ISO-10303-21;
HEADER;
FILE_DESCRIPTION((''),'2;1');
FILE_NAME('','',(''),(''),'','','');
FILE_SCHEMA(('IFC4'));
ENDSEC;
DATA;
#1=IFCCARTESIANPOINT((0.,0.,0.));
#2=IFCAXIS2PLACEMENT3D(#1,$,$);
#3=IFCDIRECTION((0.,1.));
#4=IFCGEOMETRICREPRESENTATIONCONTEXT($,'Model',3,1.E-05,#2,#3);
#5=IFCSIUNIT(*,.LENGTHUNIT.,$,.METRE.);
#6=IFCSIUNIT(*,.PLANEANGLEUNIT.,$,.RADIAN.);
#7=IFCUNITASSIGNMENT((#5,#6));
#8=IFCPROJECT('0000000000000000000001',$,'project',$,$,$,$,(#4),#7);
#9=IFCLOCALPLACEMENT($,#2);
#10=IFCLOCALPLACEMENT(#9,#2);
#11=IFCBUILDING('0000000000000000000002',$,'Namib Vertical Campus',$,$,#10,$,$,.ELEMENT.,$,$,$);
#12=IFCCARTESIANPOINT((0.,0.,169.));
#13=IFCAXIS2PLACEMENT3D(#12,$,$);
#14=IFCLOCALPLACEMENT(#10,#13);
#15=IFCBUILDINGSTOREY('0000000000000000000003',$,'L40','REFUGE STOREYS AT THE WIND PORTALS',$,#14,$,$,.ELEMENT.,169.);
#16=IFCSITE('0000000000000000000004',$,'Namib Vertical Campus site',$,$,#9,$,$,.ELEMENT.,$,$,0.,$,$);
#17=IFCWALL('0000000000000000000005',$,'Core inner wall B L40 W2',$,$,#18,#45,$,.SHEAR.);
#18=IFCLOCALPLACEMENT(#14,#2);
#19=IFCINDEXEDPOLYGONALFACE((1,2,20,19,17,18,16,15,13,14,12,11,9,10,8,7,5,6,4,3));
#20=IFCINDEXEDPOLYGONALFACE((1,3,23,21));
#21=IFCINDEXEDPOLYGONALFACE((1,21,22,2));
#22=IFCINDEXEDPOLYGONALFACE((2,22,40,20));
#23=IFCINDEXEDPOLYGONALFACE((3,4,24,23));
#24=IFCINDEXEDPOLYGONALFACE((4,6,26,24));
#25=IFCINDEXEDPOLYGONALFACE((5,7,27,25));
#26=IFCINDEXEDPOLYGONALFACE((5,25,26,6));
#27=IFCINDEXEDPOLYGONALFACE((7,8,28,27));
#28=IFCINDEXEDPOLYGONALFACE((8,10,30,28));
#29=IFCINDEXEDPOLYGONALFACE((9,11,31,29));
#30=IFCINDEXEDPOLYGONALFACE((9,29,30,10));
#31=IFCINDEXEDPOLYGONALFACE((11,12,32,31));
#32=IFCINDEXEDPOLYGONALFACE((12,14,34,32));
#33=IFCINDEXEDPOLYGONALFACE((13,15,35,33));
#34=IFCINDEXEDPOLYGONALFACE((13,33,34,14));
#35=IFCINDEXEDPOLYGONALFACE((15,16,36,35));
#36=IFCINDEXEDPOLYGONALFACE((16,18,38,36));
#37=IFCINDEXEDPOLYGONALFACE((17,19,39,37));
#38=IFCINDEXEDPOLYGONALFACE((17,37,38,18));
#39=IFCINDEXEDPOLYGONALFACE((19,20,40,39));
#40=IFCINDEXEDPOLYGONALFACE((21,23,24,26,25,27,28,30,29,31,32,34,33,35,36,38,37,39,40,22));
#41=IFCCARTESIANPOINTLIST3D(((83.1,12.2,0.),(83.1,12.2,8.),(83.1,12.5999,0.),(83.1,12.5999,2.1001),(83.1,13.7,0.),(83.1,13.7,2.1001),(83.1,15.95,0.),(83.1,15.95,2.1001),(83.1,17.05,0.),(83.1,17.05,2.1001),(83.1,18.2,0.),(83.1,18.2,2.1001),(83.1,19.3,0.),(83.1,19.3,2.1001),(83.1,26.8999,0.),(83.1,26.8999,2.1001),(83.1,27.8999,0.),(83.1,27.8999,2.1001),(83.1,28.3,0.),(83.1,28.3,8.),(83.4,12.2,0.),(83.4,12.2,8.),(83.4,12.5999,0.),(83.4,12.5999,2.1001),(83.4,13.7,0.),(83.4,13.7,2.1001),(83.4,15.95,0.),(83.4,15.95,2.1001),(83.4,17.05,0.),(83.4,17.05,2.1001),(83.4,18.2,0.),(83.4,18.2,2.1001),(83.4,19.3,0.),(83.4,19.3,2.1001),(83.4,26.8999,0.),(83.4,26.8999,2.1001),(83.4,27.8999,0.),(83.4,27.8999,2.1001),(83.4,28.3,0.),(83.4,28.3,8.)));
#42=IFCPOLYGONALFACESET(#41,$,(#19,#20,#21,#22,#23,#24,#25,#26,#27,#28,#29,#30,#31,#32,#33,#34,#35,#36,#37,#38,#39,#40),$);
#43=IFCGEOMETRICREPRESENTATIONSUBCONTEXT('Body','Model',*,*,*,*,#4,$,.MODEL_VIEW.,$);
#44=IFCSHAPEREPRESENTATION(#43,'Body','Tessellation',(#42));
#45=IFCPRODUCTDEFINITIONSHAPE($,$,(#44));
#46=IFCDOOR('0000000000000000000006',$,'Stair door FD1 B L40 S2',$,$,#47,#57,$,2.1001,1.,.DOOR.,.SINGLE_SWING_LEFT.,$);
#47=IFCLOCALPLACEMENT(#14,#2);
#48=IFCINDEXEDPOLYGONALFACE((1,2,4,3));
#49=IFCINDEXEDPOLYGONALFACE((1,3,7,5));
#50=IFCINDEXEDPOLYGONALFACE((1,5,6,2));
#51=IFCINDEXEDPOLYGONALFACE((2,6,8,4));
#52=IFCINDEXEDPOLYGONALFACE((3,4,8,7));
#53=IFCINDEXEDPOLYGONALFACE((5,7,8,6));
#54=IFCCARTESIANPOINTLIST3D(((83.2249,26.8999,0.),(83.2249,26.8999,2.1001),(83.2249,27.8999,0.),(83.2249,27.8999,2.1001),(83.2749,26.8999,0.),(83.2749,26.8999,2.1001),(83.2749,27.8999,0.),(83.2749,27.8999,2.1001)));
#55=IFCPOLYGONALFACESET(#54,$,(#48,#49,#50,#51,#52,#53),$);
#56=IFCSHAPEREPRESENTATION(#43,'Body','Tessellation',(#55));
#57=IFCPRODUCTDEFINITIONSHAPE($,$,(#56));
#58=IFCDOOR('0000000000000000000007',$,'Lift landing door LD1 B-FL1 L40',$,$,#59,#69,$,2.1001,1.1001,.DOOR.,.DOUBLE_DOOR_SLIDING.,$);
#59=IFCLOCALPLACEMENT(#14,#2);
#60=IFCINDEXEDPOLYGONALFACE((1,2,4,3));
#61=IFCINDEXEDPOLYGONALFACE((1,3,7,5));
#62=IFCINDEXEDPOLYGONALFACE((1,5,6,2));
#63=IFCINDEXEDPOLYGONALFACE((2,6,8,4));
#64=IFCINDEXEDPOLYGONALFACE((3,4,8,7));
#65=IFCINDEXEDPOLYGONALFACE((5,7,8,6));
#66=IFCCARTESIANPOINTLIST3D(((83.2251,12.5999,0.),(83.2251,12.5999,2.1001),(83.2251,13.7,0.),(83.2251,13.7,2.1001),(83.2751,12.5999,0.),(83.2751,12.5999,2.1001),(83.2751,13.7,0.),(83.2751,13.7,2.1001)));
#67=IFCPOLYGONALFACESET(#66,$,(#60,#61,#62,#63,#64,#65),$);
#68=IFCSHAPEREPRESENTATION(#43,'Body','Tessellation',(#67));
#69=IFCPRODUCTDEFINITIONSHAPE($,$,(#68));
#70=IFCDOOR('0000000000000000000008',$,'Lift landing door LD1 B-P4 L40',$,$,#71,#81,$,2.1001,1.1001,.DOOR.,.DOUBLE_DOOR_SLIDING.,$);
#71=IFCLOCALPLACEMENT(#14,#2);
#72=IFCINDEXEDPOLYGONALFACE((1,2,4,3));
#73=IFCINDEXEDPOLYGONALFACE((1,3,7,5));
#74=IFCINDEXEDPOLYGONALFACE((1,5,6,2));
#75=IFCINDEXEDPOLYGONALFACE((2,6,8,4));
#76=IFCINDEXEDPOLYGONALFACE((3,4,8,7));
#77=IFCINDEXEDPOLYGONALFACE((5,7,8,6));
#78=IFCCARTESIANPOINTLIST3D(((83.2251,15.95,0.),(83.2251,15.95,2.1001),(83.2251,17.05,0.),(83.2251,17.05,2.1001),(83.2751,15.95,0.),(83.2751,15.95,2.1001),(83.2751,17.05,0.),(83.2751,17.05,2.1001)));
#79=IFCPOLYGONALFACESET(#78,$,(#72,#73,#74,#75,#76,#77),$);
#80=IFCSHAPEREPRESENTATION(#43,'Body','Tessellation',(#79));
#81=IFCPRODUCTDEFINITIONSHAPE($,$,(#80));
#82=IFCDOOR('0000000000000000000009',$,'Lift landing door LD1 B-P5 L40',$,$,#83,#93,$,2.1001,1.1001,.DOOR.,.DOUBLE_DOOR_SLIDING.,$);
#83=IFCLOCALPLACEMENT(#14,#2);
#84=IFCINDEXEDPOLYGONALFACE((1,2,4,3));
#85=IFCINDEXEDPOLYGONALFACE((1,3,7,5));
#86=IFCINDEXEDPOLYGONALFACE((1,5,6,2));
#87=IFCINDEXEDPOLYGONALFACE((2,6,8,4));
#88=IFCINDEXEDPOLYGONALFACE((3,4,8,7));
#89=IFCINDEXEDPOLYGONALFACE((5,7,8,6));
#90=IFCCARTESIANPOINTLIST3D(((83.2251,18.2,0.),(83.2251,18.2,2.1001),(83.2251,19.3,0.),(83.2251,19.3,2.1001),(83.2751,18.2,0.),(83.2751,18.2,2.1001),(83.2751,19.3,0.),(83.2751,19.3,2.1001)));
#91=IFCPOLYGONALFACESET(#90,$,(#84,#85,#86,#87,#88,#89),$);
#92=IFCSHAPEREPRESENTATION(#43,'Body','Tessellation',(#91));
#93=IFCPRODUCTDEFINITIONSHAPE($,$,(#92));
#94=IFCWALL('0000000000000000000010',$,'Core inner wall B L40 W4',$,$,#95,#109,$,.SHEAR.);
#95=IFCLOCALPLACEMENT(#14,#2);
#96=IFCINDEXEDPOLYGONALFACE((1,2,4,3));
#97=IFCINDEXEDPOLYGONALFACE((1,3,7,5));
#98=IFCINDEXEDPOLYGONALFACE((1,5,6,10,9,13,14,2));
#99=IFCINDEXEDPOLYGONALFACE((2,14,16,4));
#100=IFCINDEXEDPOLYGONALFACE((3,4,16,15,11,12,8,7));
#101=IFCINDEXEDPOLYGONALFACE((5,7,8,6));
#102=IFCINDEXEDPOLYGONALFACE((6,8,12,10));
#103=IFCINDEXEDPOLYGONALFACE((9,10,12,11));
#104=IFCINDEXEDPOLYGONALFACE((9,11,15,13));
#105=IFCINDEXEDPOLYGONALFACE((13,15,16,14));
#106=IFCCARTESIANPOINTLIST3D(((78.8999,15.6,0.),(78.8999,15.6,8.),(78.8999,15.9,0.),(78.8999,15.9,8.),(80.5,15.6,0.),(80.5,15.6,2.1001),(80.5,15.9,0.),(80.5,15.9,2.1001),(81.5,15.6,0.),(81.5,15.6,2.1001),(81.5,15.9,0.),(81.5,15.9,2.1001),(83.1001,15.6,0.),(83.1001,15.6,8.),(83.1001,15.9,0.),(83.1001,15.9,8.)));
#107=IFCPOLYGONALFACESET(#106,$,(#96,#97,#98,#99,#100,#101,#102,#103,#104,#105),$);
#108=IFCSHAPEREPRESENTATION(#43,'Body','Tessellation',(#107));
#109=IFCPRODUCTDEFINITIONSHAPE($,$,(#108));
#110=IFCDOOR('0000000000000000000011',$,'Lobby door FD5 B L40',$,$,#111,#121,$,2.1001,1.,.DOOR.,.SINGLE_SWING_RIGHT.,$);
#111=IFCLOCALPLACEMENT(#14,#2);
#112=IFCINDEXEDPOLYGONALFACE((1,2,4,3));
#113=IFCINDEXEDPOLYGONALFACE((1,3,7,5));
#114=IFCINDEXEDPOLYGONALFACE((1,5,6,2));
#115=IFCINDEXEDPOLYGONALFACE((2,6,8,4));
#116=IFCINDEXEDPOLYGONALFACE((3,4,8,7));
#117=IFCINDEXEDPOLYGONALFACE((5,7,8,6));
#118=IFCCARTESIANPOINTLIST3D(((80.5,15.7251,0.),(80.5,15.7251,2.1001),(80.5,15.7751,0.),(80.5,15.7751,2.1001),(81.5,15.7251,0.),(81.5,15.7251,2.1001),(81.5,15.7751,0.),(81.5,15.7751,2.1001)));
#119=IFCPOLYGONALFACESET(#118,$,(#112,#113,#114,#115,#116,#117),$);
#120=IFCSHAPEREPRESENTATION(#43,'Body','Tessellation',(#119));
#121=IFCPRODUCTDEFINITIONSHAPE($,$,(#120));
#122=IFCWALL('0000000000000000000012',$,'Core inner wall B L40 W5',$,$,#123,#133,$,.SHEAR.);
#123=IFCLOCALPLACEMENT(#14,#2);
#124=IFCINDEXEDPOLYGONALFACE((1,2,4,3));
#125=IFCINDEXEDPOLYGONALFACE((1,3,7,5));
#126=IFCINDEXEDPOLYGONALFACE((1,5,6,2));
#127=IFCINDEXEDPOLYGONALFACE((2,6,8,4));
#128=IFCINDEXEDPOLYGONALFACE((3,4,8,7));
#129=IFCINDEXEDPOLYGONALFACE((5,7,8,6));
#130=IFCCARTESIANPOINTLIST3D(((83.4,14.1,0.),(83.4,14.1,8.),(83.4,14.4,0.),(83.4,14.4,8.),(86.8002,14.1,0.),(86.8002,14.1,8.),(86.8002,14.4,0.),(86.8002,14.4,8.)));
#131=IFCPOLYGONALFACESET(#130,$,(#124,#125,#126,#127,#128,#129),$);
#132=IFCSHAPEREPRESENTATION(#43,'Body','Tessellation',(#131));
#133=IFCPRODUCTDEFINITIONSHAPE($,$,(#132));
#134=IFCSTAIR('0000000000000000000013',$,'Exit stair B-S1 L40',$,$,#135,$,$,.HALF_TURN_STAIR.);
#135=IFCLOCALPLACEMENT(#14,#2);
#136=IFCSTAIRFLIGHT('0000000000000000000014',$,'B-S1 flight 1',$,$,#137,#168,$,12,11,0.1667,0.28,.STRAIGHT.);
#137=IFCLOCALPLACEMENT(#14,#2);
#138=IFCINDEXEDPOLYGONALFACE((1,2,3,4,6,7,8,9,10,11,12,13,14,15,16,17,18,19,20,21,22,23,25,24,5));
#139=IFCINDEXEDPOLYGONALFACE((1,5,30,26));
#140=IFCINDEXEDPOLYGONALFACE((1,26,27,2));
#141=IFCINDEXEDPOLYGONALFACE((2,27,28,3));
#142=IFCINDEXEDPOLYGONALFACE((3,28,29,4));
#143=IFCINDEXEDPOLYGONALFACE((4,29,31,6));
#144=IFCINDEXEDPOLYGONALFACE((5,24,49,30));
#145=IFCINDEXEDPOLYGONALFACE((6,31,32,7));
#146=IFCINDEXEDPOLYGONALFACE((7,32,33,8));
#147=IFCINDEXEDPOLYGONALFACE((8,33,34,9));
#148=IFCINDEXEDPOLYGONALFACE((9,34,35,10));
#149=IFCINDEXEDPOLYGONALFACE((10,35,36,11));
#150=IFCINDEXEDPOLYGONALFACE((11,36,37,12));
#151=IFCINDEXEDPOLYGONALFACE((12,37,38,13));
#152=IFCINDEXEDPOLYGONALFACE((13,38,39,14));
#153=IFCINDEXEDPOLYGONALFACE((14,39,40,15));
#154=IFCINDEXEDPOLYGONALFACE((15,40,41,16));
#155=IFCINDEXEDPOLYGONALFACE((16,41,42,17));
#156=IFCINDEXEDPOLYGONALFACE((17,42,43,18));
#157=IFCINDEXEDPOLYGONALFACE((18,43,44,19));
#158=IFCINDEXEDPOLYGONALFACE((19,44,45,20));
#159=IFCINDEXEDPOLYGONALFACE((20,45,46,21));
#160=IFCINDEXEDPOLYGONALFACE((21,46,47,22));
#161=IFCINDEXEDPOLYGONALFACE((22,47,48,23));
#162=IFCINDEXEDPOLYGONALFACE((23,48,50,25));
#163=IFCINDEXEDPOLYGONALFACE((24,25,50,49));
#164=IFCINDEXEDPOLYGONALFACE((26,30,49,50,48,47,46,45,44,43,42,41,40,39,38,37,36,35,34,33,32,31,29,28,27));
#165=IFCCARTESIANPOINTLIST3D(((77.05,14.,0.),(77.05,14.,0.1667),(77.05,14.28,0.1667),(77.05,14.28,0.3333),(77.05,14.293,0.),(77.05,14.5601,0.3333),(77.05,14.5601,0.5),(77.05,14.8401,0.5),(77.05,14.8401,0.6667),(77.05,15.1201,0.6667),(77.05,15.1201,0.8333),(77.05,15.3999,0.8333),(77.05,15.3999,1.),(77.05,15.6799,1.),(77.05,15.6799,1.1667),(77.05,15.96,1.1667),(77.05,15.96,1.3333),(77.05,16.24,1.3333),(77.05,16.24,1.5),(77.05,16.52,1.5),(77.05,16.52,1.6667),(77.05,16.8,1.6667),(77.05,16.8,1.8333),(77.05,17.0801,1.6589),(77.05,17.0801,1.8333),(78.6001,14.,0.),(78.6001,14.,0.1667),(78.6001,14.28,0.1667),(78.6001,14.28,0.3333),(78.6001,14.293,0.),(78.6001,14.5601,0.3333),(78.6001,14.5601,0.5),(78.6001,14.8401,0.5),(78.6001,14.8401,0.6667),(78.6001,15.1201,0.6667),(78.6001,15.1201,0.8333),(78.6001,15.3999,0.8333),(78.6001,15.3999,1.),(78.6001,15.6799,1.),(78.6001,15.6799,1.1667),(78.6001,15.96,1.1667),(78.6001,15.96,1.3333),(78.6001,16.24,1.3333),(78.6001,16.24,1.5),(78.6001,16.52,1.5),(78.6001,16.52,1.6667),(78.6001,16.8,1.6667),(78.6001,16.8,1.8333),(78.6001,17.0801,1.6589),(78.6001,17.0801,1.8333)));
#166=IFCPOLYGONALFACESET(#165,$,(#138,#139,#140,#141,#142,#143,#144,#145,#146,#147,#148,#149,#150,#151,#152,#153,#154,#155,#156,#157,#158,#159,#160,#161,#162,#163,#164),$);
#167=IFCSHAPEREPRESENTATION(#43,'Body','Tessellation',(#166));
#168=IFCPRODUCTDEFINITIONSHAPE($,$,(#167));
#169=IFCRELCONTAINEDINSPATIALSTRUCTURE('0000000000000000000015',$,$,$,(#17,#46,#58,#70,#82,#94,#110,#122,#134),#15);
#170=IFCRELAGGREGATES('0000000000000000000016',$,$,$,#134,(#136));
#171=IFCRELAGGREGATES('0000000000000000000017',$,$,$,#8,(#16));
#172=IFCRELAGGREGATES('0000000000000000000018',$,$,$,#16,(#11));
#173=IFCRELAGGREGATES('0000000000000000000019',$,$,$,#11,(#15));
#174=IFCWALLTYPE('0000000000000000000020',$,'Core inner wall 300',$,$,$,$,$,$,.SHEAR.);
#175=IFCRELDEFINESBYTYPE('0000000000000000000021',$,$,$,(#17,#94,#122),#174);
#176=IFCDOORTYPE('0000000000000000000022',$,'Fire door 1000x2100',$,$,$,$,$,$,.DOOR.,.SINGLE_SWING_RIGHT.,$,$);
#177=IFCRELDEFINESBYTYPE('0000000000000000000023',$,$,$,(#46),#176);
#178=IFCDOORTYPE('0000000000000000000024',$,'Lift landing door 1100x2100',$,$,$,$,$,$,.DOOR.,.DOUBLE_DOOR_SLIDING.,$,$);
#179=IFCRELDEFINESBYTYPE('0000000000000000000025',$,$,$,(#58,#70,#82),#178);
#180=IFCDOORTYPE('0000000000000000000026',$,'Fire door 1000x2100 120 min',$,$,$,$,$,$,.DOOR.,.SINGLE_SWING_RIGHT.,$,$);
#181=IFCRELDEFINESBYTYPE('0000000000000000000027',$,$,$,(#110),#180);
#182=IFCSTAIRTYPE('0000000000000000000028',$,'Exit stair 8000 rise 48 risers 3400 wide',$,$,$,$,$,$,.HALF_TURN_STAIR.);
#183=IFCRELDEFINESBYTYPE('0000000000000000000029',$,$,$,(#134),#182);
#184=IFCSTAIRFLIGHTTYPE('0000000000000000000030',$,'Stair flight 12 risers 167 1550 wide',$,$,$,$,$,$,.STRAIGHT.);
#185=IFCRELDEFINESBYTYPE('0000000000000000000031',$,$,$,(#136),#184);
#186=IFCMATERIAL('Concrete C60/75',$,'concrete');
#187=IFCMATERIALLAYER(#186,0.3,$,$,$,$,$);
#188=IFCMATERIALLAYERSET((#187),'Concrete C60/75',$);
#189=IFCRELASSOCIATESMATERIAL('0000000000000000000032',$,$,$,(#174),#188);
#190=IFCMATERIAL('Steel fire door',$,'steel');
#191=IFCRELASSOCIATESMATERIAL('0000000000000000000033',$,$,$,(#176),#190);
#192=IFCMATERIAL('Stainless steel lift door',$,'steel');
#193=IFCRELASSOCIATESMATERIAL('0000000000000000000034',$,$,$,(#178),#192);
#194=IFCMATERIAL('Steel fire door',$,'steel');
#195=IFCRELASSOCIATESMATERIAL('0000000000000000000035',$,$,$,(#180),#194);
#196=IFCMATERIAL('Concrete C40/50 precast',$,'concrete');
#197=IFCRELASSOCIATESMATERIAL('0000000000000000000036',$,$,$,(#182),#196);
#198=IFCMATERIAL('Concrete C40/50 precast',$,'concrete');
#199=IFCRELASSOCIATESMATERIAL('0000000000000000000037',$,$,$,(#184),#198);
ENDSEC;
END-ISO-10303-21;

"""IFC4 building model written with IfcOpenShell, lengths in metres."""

from ifc_helpers import new_model, si_unit, direction, frame, frame_2d, origin, place, context, subcontext, project, spatial, polyline, rectangle, outline, extrude, material, layer, layer_set, type_object, element, fill, aggregate, save


model = new_model("IFC4")

# Units and contexts
model_context = context("Model", 3, precision=1e-05, world=origin(), true_north=direction((0.0, 1.0)))
body_context = subcontext(model_context, "Body", "Model", "MODEL_VIEW")
ifc_project = project(units=[si_unit("LENGTHUNIT", "METRE"), si_unit("PLANEANGLEUNIT", "RADIAN")], contexts=[model_context])

# Site, building, storey
site_placement = place(None, origin())
site = spatial("IfcSite", under=ifc_project, at=site_placement, Name="Namib Vertical Campus site", CompositionType="ELEMENT", RefElevation=0.0)
building_placement = place(site_placement, origin())
building = spatial("IfcBuilding", under=site, at=building_placement, Name="Namib Vertical Campus", CompositionType="ELEMENT")
storey_placement = place(building_placement, frame((0.0, 0.0, 169.0)))
storey = spatial("IfcBuildingStorey", under=building, at=storey_placement, Name="L40", Description="REFUGE STOREYS AT THE WIND PORTALS", CompositionType="ELEMENT", Elevation=169.0)

# Wall, openings, doors
ifc_material_1 = material(Name="Concrete C60/75", Category="concrete")
ifc_layer = layer(ifc_material_1, 0.3)
ifc_layer_set = layer_set([ifc_layer], Name="Concrete C60/75")
wall_type = type_object("IfcWallType", Name="Core inner wall 300", PredefinedType="SHEAR", material=ifc_layer_set)
ifc_material_2 = material(Name="Steel fire door", Category="steel")
door_type_1 = type_object("IfcDoorType", Name="Fire door 1000x2100", OperationType="SINGLE_SWING_RIGHT", PredefinedType="DOOR", material=ifc_material_2)
ifc_material_3 = material(Name="Stainless steel lift door", Category="steel")
door_type_2 = type_object("IfcDoorType", Name="Lift landing door 1100x2100", OperationType="DOUBLE_DOOR_SLIDING", PredefinedType="DOOR", material=ifc_material_3)
wall_1_placement = place(storey_placement, frame((83.25, 12.2, 0.0), z_axis=(0.0, 0.0, 1.0), x_axis=(0.0, 1.0, 0.0)))
wall_1 = element("IfcWall", 1, at=wall_1_placement, inside=storey, type_object=wall_type, Name="Core inner wall B L40 W2", PredefinedType="SHEAR", context=body_context, shape_type="SweptSolid", body=[
    extrude(rectangle(XDim=16.1001, YDim=0.3, at=frame_2d((8.05, 0.0))), origin(), (0.0, 0.0, 1.0), 8.0),
])
opening_1_placement = place(wall_1_placement, frame((14.7, 0.0, 0.0)))
opening_1 = element("IfcOpeningElement", 2, at=opening_1_placement, cuts=wall_1, PredefinedType="OPENING", context=body_context, shape_type="SweptSolid", body=[
    extrude(rectangle(XDim=1.0, YDim=2.1001, at=frame_2d((0.5, 1.05))), frame((0.0, 0.1599, 0.0), z_axis=(0.0, -1.0, 0.0), x_axis=(1.0, 0.0, 0.0)), (0.0, 0.0, 1.0), 0.3201),
])
opening_2_placement = place(wall_1_placement, frame((0.3999, 0.0, 0.0)))
opening_2 = element("IfcOpeningElement", 3, at=opening_2_placement, cuts=wall_1, PredefinedType="OPENING", context=body_context, shape_type="SweptSolid", body=[
    extrude(rectangle(XDim=1.1001, YDim=2.1001, at=frame_2d((0.55, 1.05))), frame((0.0, 0.1599, 0.0), z_axis=(0.0, -1.0, 0.0), x_axis=(1.0, 0.0, 0.0)), (0.0, 0.0, 1.0), 0.3201),
])
opening_3_placement = place(wall_1_placement, frame((3.75, 0.0, 0.0)))
opening_3 = element("IfcOpeningElement", 4, at=opening_3_placement, cuts=wall_1, PredefinedType="OPENING", context=body_context, shape_type="SweptSolid", body=[
    extrude(rectangle(XDim=1.1001, YDim=2.1001, at=frame_2d((0.55, 1.05))), frame((0.0, 0.1599, 0.0), z_axis=(0.0, -1.0, 0.0), x_axis=(1.0, 0.0, 0.0)), (0.0, 0.0, 1.0), 0.3201),
])
opening_4_placement = place(wall_1_placement, frame((6.0, 0.0, 0.0)))
opening_4 = element("IfcOpeningElement", 5, at=opening_4_placement, cuts=wall_1, PredefinedType="OPENING", context=body_context, shape_type="SweptSolid", body=[
    extrude(rectangle(XDim=1.1001, YDim=2.1001, at=frame_2d((0.55, 1.05))), frame((0.0, 0.1599, 0.0), z_axis=(0.0, -1.0, 0.0), x_axis=(1.0, 0.0, 0.0)), (0.0, 0.0, 1.0), 0.3201),
])
door_1_placement = place(opening_1_placement, frame((1.0, 0.0, 0.0), z_axis=(0.0, 0.0, 1.0), x_axis=(-1.0, 0.0, 0.0)))
door_1 = element("IfcDoor", 6, at=door_1_placement, inside=storey, type_object=door_type_1, Name="Stair door FD1 B L40 S2", OperationType="SINGLE_SWING_LEFT", OverallHeight=2.1001, OverallWidth=1.0, PredefinedType="DOOR", context=body_context, shape_type="SweptSolid", body=[
    extrude(rectangle(XDim=1.0, YDim=2.1001, at=frame_2d((0.5, 1.05))), frame((0.0, 0.0249, 0.0), z_axis=(0.0, -1.0, 0.0), x_axis=(1.0, 0.0, 0.0)), (0.0, 0.0, 1.0), 0.05),
])
fill(opening_1, door_1)
door_2_placement = place(opening_2_placement, origin())
door_2 = element("IfcDoor", 7, at=door_2_placement, inside=storey, type_object=door_type_2, Name="Lift landing door LD1 B-FL1 L40", OperationType="DOUBLE_DOOR_SLIDING", OverallHeight=2.1001, OverallWidth=1.1001, PredefinedType="DOOR", context=body_context, shape_type="SweptSolid", body=[
    extrude(rectangle(XDim=1.1001, YDim=2.1001, at=frame_2d((0.55, 1.05))), frame((0.0, 0.0249, 0.0), z_axis=(0.0, -1.0, 0.0), x_axis=(1.0, 0.0, 0.0)), (0.0, 0.0, 1.0), 0.05),
])
fill(opening_2, door_2)
door_3_placement = place(opening_3_placement, origin())
door_3 = element("IfcDoor", 8, at=door_3_placement, inside=storey, type_object=door_type_2, Name="Lift landing door LD1 B-P4 L40", OperationType="DOUBLE_DOOR_SLIDING", OverallHeight=2.1001, OverallWidth=1.1001, PredefinedType="DOOR", context=body_context, shape_type="SweptSolid", body=[
    extrude(rectangle(XDim=1.1001, YDim=2.1001, at=frame_2d((0.55, 1.05))), frame((0.0, 0.0249, 0.0), z_axis=(0.0, -1.0, 0.0), x_axis=(1.0, 0.0, 0.0)), (0.0, 0.0, 1.0), 0.05),
])
fill(opening_3, door_3)
door_4_placement = place(opening_4_placement, origin())
door_4 = element("IfcDoor", 9, at=door_4_placement, inside=storey, type_object=door_type_2, Name="Lift landing door LD1 B-P5 L40", OperationType="DOUBLE_DOOR_SLIDING", OverallHeight=2.1001, OverallWidth=1.1001, PredefinedType="DOOR", context=body_context, shape_type="SweptSolid", body=[
    extrude(rectangle(XDim=1.1001, YDim=2.1001, at=frame_2d((0.55, 1.05))), frame((0.0, 0.0249, 0.0), z_axis=(0.0, -1.0, 0.0), x_axis=(1.0, 0.0, 0.0)), (0.0, 0.0, 1.0), 0.05),
])
fill(opening_4, door_4)

# Wall, opening, door
wall_2_placement = place(storey_placement, frame((78.8999, 15.75, 0.0), z_axis=(0.0, 0.0, 1.0), x_axis=(1.0, 0.0, 0.0)))
wall_2 = element("IfcWall", 10, at=wall_2_placement, inside=storey, type_object=wall_type, Name="Core inner wall B L40 W4", PredefinedType="SHEAR", context=body_context, shape_type="SweptSolid", body=[
    extrude(rectangle(XDim=4.2002, YDim=0.3, at=frame_2d((2.1001, 0.0))), origin(), (0.0, 0.0, 1.0), 8.0),
])
opening_5_placement = place(wall_2_placement, frame((1.6001, 0.0, 0.0)))
opening_5 = element("IfcOpeningElement", 11, at=opening_5_placement, cuts=wall_2, PredefinedType="OPENING", context=body_context, shape_type="SweptSolid", body=[
    extrude(rectangle(XDim=1.0, YDim=2.1001, at=frame_2d((0.5, 1.05))), frame((0.0, 0.1599, 0.0), z_axis=(0.0, -1.0, 0.0), x_axis=(1.0, 0.0, 0.0)), (0.0, 0.0, 1.0), 0.3201),
])
ifc_material_4 = material(Name="Steel fire door", Category="steel")
door_type_3 = type_object("IfcDoorType", Name="Fire door 1000x2100 120 min", OperationType="SINGLE_SWING_RIGHT", PredefinedType="DOOR", material=ifc_material_4)
door_5_placement = place(opening_5_placement, frame((1.0, 0.0, 0.0), z_axis=(0.0, 0.0, 1.0), x_axis=(-1.0, 0.0, 0.0)))
door_5 = element("IfcDoor", 12, at=door_5_placement, inside=storey, type_object=door_type_3, Name="Lobby door FD5 B L40", OperationType="SINGLE_SWING_RIGHT", OverallHeight=2.1001, OverallWidth=1.0, PredefinedType="DOOR", context=body_context, shape_type="SweptSolid", body=[
    extrude(rectangle(XDim=1.0, YDim=2.1001, at=frame_2d((0.5, 1.05))), frame((0.0, 0.0249, 0.0), z_axis=(0.0, -1.0, 0.0), x_axis=(1.0, 0.0, 0.0)), (0.0, 0.0, 1.0), 0.05),
])
fill(opening_5, door_5)

# Wall
wall_3_placement = place(storey_placement, frame((83.3999, 14.25, 0.0), z_axis=(0.0, 0.0, 1.0), x_axis=(1.0, 0.0, 0.0)))
element("IfcWall", 13, at=wall_3_placement, inside=storey, type_object=wall_type, Name="Core inner wall B L40 W5", PredefinedType="SHEAR", context=body_context, shape_type="SweptSolid", body=[
    extrude(rectangle(XDim=3.4001, YDim=0.3, at=frame_2d((1.7002, 0.0))), origin(), (0.0, 0.0, 1.0), 8.0),
])

# Stair, stair flight
ifc_material_5 = material(Name="Concrete C40/50 precast", Category="concrete")
stair_type = type_object("IfcStairType", Name="Exit stair 8000 rise 48 risers 3400 wide", PredefinedType="HALF_TURN_STAIR", material=ifc_material_5)
stair_placement = place(storey_placement, origin())
stair = element("IfcStair", 14, at=stair_placement, inside=storey, type_object=stair_type, Name="Exit stair B-S1 L40", PredefinedType="HALF_TURN_STAIR")
ifc_material_6 = material(Name="Concrete C40/50 precast", Category="concrete")
stair_flight_type = type_object("IfcStairFlightType", Name="Stair flight 12 risers 167 1550 wide", PredefinedType="STRAIGHT", material=ifc_material_6)
stair_flight_1_placement = place(storey_placement, frame((77.825, 14.0, 0.0), z_axis=(0.0, 0.0, 1.0), x_axis=(0.0, 1.0, 0.0)))
stair_flight_1 = element("IfcStairFlight", 15, at=stair_flight_1_placement, type_object=stair_flight_type, Name="B-S1 flight 1", NumberOfRisers=12, NumberOfTreads=11, PredefinedType="STRAIGHT", RiserHeight=0.1667, TreadLength=0.28, context=body_context, shape_type="SweptSolid", body=[
    extrude(outline(polyline([(0.0, 0.0), (0.0, 0.1667), (0.28, 0.1667), (0.28, 0.3333), (0.5601, 0.3333), (0.5601, 0.5), (0.8401, 0.5), (0.8401, 0.6667), (1.1201, 0.6667), (1.1201, 0.8333), (1.3999, 0.8333), (1.3999, 1.0), (1.6799, 1.0), (1.6799, 1.1667), (1.96, 1.1667), (1.96, 1.3333), (2.24, 1.3333), (2.24, 1.5), (2.52, 1.5), (2.52, 1.6667), (2.8, 1.6667), (2.8, 1.8333), (3.0801, 1.8333), (3.0801, 2.0), (3.0801, 1.6589), (0.293, 0.0), (0.0, 0.0)])), frame((0.0, 0.7749, 0.0), z_axis=(0.0, -1.0, 0.0), x_axis=(1.0, 0.0, 0.0)), (0.0, 0.0, 1.0), 1.55),
])
aggregate(stair, [stair_flight_1])

save(model, "model.ifc")
